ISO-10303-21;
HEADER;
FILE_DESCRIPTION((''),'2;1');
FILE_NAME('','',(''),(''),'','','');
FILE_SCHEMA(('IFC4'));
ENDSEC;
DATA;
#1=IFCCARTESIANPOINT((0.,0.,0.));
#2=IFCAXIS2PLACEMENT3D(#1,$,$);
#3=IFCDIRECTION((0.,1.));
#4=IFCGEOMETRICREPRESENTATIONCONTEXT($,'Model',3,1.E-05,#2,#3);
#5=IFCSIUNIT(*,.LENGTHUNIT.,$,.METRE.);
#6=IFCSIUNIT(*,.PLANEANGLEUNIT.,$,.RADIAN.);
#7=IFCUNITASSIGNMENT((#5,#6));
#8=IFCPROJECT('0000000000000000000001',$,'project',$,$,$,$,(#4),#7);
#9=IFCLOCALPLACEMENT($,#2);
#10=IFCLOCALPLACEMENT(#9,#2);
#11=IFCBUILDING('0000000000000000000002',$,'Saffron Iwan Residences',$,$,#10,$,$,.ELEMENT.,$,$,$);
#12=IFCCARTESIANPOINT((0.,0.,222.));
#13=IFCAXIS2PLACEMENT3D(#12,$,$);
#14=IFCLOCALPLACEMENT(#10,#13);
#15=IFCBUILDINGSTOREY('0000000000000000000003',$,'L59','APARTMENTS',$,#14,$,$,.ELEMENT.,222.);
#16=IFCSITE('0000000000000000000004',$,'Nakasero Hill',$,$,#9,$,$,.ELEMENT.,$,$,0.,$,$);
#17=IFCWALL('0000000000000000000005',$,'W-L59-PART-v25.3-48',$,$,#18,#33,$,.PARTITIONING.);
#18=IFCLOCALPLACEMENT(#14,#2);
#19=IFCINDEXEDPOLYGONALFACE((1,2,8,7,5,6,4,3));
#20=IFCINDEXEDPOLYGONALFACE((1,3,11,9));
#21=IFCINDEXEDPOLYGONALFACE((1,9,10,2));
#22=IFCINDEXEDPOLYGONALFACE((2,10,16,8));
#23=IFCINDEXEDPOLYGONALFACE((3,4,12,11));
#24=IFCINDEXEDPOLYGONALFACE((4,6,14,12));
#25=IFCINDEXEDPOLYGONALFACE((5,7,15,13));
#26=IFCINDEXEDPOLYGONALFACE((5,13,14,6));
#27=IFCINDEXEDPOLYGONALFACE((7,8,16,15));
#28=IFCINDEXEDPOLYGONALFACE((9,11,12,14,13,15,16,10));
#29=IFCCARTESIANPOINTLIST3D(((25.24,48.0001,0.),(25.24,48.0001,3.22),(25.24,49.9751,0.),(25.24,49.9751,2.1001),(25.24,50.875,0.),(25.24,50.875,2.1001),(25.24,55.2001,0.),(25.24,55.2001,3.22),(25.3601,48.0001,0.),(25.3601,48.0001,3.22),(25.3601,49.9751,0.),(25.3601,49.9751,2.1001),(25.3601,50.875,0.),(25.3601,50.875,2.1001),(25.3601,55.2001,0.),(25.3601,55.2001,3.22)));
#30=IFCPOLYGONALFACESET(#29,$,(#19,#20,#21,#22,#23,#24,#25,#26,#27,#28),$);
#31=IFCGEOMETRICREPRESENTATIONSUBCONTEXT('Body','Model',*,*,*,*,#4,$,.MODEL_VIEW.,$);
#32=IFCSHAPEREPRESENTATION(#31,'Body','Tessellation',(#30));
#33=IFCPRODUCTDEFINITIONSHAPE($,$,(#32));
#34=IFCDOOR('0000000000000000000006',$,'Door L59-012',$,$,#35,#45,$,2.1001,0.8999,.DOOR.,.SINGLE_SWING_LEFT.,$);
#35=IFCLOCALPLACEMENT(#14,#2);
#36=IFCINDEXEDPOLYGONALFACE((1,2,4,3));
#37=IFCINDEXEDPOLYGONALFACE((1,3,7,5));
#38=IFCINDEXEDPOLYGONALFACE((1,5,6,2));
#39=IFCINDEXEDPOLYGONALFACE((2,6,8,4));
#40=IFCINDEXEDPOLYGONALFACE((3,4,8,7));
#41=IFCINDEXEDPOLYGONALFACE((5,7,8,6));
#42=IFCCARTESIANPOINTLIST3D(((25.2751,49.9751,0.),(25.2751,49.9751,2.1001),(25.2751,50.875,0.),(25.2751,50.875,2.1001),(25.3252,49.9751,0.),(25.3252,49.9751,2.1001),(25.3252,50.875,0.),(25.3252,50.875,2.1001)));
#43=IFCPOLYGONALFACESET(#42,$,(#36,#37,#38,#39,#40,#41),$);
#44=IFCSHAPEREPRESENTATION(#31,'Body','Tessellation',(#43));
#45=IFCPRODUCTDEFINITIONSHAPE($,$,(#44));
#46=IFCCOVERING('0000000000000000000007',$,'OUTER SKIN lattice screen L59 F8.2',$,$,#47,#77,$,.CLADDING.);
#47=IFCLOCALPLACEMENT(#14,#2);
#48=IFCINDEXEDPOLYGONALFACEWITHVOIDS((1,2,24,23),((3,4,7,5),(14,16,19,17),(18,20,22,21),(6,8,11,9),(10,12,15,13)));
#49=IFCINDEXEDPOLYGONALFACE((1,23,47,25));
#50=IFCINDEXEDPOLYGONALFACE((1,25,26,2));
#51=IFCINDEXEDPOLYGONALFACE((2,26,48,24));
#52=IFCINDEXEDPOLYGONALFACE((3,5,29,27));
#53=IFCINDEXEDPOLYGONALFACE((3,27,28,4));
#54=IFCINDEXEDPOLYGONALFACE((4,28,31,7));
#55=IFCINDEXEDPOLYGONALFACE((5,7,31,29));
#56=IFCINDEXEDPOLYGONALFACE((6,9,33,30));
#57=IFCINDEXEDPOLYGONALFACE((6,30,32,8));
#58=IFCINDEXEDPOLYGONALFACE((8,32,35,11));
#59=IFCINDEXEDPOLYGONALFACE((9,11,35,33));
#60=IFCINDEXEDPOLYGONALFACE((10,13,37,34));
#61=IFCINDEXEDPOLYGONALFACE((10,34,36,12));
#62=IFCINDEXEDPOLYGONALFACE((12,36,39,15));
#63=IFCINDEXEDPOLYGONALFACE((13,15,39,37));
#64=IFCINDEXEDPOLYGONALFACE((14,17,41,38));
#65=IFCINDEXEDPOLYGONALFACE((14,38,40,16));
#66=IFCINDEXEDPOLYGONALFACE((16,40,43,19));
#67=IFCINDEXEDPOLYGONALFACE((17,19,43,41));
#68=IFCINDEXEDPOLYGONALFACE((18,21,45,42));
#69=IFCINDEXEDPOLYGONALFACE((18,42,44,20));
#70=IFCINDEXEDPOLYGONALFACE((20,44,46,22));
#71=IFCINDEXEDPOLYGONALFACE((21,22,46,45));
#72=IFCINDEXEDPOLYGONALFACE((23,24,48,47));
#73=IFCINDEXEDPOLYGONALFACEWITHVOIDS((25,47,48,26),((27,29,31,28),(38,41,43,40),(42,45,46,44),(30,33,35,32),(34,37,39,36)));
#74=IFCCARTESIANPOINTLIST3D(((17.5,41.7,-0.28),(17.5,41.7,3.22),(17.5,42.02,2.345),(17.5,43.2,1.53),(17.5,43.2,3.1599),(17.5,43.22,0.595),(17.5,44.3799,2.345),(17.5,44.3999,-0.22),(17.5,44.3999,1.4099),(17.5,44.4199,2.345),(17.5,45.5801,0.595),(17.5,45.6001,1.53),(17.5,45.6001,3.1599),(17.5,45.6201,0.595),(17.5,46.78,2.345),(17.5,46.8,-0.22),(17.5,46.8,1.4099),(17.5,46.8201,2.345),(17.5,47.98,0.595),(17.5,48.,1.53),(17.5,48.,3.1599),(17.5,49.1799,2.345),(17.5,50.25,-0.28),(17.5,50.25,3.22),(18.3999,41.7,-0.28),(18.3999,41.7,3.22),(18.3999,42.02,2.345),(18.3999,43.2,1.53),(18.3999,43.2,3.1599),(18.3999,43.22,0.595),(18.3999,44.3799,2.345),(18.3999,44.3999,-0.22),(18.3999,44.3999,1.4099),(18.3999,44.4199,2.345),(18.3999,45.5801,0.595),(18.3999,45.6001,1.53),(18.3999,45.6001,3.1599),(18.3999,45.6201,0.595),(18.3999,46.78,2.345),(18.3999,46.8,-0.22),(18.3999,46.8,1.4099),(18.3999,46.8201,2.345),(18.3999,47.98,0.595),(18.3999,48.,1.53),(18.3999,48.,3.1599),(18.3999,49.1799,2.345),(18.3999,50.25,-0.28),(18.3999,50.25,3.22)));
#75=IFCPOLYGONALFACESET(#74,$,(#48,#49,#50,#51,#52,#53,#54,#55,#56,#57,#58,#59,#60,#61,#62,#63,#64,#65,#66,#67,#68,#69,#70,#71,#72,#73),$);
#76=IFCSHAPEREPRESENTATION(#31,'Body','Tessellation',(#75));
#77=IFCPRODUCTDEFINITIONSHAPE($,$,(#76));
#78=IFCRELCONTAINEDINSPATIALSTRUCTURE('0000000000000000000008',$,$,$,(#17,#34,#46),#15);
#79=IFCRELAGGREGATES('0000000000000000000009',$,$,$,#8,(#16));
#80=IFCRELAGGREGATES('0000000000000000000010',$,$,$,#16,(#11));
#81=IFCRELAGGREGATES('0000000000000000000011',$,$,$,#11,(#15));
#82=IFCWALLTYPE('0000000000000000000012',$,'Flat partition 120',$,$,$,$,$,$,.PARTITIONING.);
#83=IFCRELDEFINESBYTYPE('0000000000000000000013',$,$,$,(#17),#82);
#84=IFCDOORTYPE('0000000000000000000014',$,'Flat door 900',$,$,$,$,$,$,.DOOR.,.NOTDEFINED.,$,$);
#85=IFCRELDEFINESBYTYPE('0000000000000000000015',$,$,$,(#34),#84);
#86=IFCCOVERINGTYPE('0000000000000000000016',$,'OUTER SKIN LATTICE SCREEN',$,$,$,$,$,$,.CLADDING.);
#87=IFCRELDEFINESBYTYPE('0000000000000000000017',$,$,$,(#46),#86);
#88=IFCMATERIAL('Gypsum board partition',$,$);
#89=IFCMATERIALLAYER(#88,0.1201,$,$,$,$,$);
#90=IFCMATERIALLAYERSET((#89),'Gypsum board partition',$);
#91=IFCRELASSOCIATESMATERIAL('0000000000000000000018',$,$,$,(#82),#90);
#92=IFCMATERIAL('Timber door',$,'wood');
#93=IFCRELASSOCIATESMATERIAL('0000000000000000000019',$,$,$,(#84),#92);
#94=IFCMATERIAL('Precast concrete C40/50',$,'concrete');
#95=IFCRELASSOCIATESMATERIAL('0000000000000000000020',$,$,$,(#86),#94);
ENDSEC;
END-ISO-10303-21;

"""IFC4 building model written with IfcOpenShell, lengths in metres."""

from ifc_helpers import new_model, si_unit, direction, frame, frame_2d, origin, place, context, subcontext, project, spatial, polyline, rectangle, outline, extrude, material, layer, layer_set, type_object, element, fill, save


model = new_model("IFC4")

# Units and contexts
model_context = context("Model", 3, precision=1e-05, world=origin(), true_north=direction((0.0, 1.0)))
body_context = subcontext(model_context, "Body", "Model", "MODEL_VIEW")
ifc_project = project(units=[si_unit("LENGTHUNIT", "METRE"), si_unit("PLANEANGLEUNIT", "RADIAN")], contexts=[model_context])

# Site, building, storey
site_placement = place(None, origin())
site = spatial("IfcSite", under=ifc_project, at=site_placement, Name="Nakasero Hill", CompositionType="ELEMENT", RefElevation=0.0)
building_placement = place(site_placement, origin())
building = spatial("IfcBuilding", under=site, at=building_placement, Name="Saffron Iwan Residences", CompositionType="ELEMENT")
storey_placement = place(building_placement, frame((0.0, 0.0, 222.0)))
storey = spatial("IfcBuildingStorey", under=building, at=storey_placement, Name="L59", Description="APARTMENTS", CompositionType="ELEMENT", Elevation=222.0)

# Shared definitions
ifc_material_1 = material(Name="Gypsum board partition")
ifc_layer_1 = layer(ifc_material_1, 0.1201)
ifc_layer_set_1 = layer_set([ifc_layer_1], Name="Gypsum board partition")
wall_type_1 = type_object("IfcWallType", Name="Flat partition 120", PredefinedType="PARTITIONING", material=ifc_layer_set_1)
ifc_material_2 = material(Name="Timber door", Category="wood")
door_type_1 = type_object("IfcDoorType", Name="Flat door 900", OperationType="NOTDEFINED", PredefinedType="DOOR", material=ifc_material_2)

# Wall, opening, door
wall_1_placement = place(storey_placement, frame((25.3, 48.0, 0.0), z_axis=(0.0, 0.0, 1.0), x_axis=(0.0, 1.0, 0.0)))
wall_1 = element("IfcWall", 1, at=wall_1_placement, inside=storey, type_object=wall_type_1, Name="W-L59-PART-v25.3-48", PredefinedType="PARTITIONING", context=body_context, shape_type="SweptSolid", body=[
    extrude(rectangle(XDim=7.2, YDim=0.1201, at=frame_2d((3.6001, 0.0))), origin(), (0.0, 0.0, 1.0), 3.22),
])
opening_1_placement = place(wall_1_placement, frame((1.9751, 0.0, 0.0)))
opening_1 = element("IfcOpeningElement", 2, at=opening_1_placement, cuts=wall_1, PredefinedType="OPENING", context=body_context, shape_type="SweptSolid", body=[
    extrude(rectangle(XDim=0.8999, YDim=2.1001, at=frame_2d((0.45, 1.05))), frame((0.0, 0.0701, 0.0), z_axis=(0.0, -1.0, 0.0), x_axis=(1.0, 0.0, 0.0)), (0.0, 0.0, 1.0), 0.1401),
])
door_1_placement = place(opening_1_placement, origin())
door_1 = element("IfcDoor", 3, at=door_1_placement, inside=storey, type_object=door_type_1, Name="Door L59-012", OperationType="SINGLE_SWING_LEFT", OverallHeight=2.1001, OverallWidth=0.8999, PredefinedType="DOOR", context=body_context, shape_type="SweptSolid", body=[
    extrude(rectangle(XDim=0.8999, YDim=2.1001, at=frame_2d((0.45, 1.05))), frame((0.0, 0.0249, 0.0), z_axis=(0.0, -1.0, 0.0), x_axis=(1.0, 0.0, 0.0)), (0.0, 0.0, 1.0), 0.05),
])
fill(opening_1, door_1)

# Covering
ifc_material_3 = material(Name="Precast concrete C40/50", Category="concrete")
covering_type = type_object("IfcCoveringType", Name="OUTER SKIN LATTICE SCREEN", PredefinedType="CLADDING", material=ifc_material_3)
covering_placement = place(storey_placement, frame((18.3999, 50.25, -0.28), z_axis=(-1.0, 0.0, 0.0), x_axis=(0.0, -1.0, 0.0)))
element("IfcCovering", 4, at=covering_placement, inside=storey, type_object=covering_type, Name="OUTER SKIN lattice screen L59 F8.2", PredefinedType="CLADDING", context=body_context, shape_type="SweptSolid", body=[
    extrude(outline(polyline([(0.0, 0.0), (8.55, 0.0), (8.55, 3.5), (0.0, 3.5), (0.0, 0.0)]), holes=[polyline([(2.27, 0.875), (3.45, 0.0601), (4.6299, 0.875), (3.45, 1.6899), (2.27, 0.875)]), polyline([(4.6699, 0.875), (5.8501, 0.0601), (7.03, 0.875), (5.8501, 1.6899), (4.6699, 0.875)]), polyline([(1.0701, 2.625), (2.25, 1.8101), (3.4299, 2.625), (2.25, 3.4399), (1.0701, 2.625)]), polyline([(3.47, 2.625), (4.6499, 1.8101), (5.8301, 2.625), (4.6499, 3.4399), (3.47, 2.625)]), polyline([(5.8701, 2.625), (7.05, 1.8101), (8.23, 2.625), (7.05, 3.4399), (5.8701, 2.625)])]), origin(), (0.0, 0.0, 1.0), 0.8999),
])

save(model, "model.ifc")
